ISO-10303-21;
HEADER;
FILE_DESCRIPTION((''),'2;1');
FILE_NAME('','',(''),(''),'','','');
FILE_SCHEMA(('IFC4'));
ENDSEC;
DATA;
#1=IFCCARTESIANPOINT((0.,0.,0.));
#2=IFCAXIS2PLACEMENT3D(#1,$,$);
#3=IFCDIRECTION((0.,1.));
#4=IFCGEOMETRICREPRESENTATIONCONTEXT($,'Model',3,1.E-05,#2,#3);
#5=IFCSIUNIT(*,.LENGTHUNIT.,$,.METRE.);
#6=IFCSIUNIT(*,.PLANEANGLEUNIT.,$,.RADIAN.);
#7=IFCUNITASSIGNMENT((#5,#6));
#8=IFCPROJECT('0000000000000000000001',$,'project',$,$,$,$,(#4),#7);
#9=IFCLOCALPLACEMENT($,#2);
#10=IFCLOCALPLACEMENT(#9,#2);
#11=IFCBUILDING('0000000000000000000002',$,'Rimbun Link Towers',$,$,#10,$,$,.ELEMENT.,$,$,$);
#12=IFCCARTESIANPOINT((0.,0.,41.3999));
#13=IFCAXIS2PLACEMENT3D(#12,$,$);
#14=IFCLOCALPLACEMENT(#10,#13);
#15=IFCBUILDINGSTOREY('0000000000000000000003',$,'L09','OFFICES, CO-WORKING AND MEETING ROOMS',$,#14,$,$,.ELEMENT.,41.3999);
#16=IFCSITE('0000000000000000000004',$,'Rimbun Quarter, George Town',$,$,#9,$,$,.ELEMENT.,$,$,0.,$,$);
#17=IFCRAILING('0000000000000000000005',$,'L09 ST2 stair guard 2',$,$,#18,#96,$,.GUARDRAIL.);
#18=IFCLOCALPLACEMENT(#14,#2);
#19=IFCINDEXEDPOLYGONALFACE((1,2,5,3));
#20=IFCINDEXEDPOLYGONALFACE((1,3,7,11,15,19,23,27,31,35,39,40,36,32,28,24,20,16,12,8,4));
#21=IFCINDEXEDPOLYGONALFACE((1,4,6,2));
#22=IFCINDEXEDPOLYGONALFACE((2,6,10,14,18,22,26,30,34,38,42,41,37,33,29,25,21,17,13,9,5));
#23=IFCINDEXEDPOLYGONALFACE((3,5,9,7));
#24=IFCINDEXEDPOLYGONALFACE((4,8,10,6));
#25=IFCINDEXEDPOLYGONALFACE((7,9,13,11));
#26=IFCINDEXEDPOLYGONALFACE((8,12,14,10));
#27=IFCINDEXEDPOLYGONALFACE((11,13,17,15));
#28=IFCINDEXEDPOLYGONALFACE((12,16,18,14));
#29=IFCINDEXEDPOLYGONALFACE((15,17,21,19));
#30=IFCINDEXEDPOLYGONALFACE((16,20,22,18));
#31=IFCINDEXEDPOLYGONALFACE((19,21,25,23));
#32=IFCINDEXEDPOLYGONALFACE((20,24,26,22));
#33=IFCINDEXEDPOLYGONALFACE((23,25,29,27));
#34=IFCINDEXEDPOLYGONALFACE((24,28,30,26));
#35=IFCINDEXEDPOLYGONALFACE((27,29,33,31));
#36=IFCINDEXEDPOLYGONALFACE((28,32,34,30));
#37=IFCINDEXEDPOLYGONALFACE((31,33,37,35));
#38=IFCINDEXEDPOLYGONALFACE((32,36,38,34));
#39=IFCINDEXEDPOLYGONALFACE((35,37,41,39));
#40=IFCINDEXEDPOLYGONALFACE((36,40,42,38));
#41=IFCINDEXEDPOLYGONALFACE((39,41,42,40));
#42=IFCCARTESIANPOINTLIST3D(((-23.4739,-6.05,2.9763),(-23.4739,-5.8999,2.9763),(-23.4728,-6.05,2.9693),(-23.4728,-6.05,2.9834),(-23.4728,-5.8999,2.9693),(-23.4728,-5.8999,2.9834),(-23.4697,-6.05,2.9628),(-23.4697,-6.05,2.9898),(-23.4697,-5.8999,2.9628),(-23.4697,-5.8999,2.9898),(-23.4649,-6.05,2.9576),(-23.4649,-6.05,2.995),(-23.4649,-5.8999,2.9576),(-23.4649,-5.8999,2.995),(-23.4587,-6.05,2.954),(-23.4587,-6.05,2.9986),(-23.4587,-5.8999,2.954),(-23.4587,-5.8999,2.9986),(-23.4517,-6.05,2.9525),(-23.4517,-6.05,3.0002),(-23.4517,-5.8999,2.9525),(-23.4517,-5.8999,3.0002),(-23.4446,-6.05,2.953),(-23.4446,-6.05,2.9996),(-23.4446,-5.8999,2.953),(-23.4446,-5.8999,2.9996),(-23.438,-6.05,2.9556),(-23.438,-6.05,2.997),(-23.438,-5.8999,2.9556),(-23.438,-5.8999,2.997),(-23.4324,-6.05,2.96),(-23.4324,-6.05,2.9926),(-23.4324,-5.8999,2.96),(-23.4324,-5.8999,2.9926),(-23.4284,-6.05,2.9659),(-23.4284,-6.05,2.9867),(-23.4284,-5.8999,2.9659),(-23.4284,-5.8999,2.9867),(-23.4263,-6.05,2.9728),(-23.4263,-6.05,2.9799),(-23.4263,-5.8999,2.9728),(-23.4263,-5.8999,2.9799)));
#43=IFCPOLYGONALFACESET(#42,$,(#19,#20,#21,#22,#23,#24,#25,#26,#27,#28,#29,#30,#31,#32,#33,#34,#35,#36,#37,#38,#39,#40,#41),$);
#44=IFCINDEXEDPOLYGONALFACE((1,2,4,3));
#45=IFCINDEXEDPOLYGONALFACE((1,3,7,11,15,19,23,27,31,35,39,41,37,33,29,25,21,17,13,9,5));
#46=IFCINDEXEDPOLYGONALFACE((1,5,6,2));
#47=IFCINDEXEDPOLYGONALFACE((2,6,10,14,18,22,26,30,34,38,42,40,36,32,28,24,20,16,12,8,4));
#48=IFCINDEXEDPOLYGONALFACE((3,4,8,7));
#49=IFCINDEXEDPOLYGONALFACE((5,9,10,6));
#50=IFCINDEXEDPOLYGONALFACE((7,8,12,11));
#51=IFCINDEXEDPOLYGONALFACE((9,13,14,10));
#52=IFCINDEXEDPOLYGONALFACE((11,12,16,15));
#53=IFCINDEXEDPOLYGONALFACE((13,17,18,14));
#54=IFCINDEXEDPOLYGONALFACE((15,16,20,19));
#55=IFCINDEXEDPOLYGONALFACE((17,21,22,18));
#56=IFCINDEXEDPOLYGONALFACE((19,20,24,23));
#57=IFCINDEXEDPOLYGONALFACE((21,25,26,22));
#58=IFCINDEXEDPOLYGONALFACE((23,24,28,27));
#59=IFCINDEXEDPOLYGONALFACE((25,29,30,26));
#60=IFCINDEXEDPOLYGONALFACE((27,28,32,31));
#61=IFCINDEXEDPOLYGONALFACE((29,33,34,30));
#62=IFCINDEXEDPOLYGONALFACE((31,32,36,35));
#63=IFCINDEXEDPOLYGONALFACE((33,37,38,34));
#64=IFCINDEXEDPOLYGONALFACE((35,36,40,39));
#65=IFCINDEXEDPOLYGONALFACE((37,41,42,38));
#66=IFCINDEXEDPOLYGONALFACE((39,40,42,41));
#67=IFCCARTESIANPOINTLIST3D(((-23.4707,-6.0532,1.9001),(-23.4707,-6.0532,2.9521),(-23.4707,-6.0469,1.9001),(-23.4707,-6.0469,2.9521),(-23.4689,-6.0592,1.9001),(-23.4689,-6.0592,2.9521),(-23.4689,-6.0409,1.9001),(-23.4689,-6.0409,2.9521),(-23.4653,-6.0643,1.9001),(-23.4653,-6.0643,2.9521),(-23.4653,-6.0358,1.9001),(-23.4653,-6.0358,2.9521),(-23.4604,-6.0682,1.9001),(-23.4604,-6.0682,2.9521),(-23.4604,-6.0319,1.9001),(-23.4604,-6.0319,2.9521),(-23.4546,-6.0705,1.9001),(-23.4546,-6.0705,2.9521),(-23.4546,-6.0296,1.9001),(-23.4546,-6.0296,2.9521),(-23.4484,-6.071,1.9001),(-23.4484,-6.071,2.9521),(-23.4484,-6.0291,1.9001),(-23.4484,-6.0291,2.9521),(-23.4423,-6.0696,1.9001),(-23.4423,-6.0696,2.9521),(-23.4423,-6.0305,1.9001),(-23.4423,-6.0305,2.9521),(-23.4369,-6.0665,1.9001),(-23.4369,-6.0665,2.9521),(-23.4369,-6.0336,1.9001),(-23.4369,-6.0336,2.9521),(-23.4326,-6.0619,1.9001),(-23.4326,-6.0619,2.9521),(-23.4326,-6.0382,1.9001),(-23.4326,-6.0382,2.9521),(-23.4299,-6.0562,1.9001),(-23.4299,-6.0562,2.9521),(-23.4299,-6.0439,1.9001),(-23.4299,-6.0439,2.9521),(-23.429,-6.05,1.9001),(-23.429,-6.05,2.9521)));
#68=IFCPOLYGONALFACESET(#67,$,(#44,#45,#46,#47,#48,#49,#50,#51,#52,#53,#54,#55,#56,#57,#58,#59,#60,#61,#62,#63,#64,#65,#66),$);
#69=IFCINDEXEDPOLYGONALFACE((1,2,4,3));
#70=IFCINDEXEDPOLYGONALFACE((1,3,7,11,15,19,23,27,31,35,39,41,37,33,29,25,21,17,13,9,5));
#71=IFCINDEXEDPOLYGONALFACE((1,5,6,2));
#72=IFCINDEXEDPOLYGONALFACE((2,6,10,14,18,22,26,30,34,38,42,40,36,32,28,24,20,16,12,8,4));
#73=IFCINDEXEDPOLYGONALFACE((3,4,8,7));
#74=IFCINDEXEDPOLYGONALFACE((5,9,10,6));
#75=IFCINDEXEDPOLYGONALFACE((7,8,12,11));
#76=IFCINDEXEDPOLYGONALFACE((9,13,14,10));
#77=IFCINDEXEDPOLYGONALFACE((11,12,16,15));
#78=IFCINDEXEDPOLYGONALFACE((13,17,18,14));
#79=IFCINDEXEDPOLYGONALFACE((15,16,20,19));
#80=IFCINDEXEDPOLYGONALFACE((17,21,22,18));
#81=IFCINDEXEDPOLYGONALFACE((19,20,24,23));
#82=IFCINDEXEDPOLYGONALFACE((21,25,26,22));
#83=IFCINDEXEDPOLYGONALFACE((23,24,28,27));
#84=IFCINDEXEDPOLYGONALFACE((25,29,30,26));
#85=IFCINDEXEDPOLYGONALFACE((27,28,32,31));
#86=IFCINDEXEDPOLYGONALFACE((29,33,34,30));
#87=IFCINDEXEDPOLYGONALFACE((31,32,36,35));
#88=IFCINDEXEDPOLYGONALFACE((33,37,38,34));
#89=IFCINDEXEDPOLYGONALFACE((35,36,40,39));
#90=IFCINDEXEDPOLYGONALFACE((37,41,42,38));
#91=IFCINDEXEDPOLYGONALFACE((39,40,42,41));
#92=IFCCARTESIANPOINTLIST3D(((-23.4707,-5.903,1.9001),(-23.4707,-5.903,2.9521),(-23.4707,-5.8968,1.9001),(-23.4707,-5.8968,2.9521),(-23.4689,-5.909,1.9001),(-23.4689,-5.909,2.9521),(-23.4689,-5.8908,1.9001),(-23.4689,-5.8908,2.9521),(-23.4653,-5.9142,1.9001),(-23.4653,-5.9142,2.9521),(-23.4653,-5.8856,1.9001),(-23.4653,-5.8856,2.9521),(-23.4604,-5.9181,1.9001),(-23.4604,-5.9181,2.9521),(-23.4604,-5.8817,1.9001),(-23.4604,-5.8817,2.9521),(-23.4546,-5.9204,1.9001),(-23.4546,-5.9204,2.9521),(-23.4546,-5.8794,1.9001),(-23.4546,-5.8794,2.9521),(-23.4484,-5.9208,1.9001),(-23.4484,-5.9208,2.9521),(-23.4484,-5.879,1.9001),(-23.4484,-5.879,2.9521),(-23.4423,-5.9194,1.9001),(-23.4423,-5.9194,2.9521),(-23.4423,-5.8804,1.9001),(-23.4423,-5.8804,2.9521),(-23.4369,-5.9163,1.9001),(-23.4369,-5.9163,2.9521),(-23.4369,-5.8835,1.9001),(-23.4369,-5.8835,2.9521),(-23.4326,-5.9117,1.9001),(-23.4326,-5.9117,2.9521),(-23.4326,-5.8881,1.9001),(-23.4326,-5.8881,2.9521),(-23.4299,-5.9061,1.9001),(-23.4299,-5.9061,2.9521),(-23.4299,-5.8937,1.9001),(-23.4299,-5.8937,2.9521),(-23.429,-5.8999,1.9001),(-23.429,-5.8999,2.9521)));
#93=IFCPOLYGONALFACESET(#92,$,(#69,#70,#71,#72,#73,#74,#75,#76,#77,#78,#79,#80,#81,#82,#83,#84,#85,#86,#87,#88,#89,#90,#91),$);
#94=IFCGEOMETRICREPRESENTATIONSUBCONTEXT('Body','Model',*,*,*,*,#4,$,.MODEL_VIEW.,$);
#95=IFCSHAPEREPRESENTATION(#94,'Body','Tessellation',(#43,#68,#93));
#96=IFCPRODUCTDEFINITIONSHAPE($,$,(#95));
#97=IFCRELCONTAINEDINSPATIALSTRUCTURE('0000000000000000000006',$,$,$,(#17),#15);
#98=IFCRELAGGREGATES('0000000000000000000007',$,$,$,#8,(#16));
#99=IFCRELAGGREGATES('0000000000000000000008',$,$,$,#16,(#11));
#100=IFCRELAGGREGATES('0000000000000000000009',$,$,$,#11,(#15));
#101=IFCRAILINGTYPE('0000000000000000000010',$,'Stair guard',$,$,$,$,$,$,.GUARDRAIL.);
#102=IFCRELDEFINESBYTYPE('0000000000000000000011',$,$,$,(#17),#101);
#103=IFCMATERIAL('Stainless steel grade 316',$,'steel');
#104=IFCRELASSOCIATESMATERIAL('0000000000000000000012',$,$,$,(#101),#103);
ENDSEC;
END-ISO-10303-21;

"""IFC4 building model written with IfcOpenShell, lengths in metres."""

from ifc_helpers import new_model, si_unit, direction, frame, origin, origin_2d, place, context, subcontext, project, spatial, circle, extrude, material, type_object, element, save


model = new_model("IFC4")

# Units and contexts
model_context = context("Model", 3, precision=1e-05, world=origin(), true_north=direction((0.0, 1.0)))
body_context = subcontext(model_context, "Body", "Model", "MODEL_VIEW")
ifc_project = project(units=[si_unit("LENGTHUNIT", "METRE"), si_unit("PLANEANGLEUNIT", "RADIAN")], contexts=[model_context])

# Site, building, storey
site_placement = place(None, origin())
site = spatial("IfcSite", under=ifc_project, at=site_placement, Name="Rimbun Quarter, George Town", CompositionType="ELEMENT", RefElevation=0.0)
building_placement = place(site_placement, origin())
building = spatial("IfcBuilding", under=site, at=building_placement, Name="Rimbun Link Towers", CompositionType="ELEMENT")
storey_placement = place(building_placement, frame((0.0, 0.0, 41.3999)))
storey = spatial("IfcBuildingStorey", under=building, at=storey_placement, Name="L09", Description="OFFICES, CO-WORKING AND MEETING ROOMS", CompositionType="ELEMENT", Elevation=41.3999)

# Railing
ifc_material_1 = material(Name="Stainless steel grade 316", Category="steel")
railing_type_1 = type_object("IfcRailingType", Name="Stair guard", PredefinedType="GUARDRAIL", material=ifc_material_1)
railing_1_placement = place(storey_placement, frame((-23.45, -6.05, 1.9001)))
element("IfcRailing", 1, at=railing_1_placement, inside=storey, type_object=railing_type_1, Name="L09 ST2 stair guard 2", PredefinedType="GUARDRAIL", context=body_context, shape_type="SweptSolid", body=[
    extrude(circle(Radius=0.0239, at=origin_2d()), frame((0.0, 0.0, 1.0762), z_axis=(0.0, 1.0, 0.0), x_axis=(-1.0, 0.0, 0.0)), (0.0, 0.0, 1.0), 0.1501),
    extrude(circle(Radius=0.021, at=origin_2d()), origin(), (0.0, 0.0, 1.0), 1.052),
    extrude(circle(Radius=0.021, at=origin_2d()), frame((0.0, 0.1501, 0.0)), (0.0, 0.0, 1.0), 1.052),
])

save(model, "model.ifc")
